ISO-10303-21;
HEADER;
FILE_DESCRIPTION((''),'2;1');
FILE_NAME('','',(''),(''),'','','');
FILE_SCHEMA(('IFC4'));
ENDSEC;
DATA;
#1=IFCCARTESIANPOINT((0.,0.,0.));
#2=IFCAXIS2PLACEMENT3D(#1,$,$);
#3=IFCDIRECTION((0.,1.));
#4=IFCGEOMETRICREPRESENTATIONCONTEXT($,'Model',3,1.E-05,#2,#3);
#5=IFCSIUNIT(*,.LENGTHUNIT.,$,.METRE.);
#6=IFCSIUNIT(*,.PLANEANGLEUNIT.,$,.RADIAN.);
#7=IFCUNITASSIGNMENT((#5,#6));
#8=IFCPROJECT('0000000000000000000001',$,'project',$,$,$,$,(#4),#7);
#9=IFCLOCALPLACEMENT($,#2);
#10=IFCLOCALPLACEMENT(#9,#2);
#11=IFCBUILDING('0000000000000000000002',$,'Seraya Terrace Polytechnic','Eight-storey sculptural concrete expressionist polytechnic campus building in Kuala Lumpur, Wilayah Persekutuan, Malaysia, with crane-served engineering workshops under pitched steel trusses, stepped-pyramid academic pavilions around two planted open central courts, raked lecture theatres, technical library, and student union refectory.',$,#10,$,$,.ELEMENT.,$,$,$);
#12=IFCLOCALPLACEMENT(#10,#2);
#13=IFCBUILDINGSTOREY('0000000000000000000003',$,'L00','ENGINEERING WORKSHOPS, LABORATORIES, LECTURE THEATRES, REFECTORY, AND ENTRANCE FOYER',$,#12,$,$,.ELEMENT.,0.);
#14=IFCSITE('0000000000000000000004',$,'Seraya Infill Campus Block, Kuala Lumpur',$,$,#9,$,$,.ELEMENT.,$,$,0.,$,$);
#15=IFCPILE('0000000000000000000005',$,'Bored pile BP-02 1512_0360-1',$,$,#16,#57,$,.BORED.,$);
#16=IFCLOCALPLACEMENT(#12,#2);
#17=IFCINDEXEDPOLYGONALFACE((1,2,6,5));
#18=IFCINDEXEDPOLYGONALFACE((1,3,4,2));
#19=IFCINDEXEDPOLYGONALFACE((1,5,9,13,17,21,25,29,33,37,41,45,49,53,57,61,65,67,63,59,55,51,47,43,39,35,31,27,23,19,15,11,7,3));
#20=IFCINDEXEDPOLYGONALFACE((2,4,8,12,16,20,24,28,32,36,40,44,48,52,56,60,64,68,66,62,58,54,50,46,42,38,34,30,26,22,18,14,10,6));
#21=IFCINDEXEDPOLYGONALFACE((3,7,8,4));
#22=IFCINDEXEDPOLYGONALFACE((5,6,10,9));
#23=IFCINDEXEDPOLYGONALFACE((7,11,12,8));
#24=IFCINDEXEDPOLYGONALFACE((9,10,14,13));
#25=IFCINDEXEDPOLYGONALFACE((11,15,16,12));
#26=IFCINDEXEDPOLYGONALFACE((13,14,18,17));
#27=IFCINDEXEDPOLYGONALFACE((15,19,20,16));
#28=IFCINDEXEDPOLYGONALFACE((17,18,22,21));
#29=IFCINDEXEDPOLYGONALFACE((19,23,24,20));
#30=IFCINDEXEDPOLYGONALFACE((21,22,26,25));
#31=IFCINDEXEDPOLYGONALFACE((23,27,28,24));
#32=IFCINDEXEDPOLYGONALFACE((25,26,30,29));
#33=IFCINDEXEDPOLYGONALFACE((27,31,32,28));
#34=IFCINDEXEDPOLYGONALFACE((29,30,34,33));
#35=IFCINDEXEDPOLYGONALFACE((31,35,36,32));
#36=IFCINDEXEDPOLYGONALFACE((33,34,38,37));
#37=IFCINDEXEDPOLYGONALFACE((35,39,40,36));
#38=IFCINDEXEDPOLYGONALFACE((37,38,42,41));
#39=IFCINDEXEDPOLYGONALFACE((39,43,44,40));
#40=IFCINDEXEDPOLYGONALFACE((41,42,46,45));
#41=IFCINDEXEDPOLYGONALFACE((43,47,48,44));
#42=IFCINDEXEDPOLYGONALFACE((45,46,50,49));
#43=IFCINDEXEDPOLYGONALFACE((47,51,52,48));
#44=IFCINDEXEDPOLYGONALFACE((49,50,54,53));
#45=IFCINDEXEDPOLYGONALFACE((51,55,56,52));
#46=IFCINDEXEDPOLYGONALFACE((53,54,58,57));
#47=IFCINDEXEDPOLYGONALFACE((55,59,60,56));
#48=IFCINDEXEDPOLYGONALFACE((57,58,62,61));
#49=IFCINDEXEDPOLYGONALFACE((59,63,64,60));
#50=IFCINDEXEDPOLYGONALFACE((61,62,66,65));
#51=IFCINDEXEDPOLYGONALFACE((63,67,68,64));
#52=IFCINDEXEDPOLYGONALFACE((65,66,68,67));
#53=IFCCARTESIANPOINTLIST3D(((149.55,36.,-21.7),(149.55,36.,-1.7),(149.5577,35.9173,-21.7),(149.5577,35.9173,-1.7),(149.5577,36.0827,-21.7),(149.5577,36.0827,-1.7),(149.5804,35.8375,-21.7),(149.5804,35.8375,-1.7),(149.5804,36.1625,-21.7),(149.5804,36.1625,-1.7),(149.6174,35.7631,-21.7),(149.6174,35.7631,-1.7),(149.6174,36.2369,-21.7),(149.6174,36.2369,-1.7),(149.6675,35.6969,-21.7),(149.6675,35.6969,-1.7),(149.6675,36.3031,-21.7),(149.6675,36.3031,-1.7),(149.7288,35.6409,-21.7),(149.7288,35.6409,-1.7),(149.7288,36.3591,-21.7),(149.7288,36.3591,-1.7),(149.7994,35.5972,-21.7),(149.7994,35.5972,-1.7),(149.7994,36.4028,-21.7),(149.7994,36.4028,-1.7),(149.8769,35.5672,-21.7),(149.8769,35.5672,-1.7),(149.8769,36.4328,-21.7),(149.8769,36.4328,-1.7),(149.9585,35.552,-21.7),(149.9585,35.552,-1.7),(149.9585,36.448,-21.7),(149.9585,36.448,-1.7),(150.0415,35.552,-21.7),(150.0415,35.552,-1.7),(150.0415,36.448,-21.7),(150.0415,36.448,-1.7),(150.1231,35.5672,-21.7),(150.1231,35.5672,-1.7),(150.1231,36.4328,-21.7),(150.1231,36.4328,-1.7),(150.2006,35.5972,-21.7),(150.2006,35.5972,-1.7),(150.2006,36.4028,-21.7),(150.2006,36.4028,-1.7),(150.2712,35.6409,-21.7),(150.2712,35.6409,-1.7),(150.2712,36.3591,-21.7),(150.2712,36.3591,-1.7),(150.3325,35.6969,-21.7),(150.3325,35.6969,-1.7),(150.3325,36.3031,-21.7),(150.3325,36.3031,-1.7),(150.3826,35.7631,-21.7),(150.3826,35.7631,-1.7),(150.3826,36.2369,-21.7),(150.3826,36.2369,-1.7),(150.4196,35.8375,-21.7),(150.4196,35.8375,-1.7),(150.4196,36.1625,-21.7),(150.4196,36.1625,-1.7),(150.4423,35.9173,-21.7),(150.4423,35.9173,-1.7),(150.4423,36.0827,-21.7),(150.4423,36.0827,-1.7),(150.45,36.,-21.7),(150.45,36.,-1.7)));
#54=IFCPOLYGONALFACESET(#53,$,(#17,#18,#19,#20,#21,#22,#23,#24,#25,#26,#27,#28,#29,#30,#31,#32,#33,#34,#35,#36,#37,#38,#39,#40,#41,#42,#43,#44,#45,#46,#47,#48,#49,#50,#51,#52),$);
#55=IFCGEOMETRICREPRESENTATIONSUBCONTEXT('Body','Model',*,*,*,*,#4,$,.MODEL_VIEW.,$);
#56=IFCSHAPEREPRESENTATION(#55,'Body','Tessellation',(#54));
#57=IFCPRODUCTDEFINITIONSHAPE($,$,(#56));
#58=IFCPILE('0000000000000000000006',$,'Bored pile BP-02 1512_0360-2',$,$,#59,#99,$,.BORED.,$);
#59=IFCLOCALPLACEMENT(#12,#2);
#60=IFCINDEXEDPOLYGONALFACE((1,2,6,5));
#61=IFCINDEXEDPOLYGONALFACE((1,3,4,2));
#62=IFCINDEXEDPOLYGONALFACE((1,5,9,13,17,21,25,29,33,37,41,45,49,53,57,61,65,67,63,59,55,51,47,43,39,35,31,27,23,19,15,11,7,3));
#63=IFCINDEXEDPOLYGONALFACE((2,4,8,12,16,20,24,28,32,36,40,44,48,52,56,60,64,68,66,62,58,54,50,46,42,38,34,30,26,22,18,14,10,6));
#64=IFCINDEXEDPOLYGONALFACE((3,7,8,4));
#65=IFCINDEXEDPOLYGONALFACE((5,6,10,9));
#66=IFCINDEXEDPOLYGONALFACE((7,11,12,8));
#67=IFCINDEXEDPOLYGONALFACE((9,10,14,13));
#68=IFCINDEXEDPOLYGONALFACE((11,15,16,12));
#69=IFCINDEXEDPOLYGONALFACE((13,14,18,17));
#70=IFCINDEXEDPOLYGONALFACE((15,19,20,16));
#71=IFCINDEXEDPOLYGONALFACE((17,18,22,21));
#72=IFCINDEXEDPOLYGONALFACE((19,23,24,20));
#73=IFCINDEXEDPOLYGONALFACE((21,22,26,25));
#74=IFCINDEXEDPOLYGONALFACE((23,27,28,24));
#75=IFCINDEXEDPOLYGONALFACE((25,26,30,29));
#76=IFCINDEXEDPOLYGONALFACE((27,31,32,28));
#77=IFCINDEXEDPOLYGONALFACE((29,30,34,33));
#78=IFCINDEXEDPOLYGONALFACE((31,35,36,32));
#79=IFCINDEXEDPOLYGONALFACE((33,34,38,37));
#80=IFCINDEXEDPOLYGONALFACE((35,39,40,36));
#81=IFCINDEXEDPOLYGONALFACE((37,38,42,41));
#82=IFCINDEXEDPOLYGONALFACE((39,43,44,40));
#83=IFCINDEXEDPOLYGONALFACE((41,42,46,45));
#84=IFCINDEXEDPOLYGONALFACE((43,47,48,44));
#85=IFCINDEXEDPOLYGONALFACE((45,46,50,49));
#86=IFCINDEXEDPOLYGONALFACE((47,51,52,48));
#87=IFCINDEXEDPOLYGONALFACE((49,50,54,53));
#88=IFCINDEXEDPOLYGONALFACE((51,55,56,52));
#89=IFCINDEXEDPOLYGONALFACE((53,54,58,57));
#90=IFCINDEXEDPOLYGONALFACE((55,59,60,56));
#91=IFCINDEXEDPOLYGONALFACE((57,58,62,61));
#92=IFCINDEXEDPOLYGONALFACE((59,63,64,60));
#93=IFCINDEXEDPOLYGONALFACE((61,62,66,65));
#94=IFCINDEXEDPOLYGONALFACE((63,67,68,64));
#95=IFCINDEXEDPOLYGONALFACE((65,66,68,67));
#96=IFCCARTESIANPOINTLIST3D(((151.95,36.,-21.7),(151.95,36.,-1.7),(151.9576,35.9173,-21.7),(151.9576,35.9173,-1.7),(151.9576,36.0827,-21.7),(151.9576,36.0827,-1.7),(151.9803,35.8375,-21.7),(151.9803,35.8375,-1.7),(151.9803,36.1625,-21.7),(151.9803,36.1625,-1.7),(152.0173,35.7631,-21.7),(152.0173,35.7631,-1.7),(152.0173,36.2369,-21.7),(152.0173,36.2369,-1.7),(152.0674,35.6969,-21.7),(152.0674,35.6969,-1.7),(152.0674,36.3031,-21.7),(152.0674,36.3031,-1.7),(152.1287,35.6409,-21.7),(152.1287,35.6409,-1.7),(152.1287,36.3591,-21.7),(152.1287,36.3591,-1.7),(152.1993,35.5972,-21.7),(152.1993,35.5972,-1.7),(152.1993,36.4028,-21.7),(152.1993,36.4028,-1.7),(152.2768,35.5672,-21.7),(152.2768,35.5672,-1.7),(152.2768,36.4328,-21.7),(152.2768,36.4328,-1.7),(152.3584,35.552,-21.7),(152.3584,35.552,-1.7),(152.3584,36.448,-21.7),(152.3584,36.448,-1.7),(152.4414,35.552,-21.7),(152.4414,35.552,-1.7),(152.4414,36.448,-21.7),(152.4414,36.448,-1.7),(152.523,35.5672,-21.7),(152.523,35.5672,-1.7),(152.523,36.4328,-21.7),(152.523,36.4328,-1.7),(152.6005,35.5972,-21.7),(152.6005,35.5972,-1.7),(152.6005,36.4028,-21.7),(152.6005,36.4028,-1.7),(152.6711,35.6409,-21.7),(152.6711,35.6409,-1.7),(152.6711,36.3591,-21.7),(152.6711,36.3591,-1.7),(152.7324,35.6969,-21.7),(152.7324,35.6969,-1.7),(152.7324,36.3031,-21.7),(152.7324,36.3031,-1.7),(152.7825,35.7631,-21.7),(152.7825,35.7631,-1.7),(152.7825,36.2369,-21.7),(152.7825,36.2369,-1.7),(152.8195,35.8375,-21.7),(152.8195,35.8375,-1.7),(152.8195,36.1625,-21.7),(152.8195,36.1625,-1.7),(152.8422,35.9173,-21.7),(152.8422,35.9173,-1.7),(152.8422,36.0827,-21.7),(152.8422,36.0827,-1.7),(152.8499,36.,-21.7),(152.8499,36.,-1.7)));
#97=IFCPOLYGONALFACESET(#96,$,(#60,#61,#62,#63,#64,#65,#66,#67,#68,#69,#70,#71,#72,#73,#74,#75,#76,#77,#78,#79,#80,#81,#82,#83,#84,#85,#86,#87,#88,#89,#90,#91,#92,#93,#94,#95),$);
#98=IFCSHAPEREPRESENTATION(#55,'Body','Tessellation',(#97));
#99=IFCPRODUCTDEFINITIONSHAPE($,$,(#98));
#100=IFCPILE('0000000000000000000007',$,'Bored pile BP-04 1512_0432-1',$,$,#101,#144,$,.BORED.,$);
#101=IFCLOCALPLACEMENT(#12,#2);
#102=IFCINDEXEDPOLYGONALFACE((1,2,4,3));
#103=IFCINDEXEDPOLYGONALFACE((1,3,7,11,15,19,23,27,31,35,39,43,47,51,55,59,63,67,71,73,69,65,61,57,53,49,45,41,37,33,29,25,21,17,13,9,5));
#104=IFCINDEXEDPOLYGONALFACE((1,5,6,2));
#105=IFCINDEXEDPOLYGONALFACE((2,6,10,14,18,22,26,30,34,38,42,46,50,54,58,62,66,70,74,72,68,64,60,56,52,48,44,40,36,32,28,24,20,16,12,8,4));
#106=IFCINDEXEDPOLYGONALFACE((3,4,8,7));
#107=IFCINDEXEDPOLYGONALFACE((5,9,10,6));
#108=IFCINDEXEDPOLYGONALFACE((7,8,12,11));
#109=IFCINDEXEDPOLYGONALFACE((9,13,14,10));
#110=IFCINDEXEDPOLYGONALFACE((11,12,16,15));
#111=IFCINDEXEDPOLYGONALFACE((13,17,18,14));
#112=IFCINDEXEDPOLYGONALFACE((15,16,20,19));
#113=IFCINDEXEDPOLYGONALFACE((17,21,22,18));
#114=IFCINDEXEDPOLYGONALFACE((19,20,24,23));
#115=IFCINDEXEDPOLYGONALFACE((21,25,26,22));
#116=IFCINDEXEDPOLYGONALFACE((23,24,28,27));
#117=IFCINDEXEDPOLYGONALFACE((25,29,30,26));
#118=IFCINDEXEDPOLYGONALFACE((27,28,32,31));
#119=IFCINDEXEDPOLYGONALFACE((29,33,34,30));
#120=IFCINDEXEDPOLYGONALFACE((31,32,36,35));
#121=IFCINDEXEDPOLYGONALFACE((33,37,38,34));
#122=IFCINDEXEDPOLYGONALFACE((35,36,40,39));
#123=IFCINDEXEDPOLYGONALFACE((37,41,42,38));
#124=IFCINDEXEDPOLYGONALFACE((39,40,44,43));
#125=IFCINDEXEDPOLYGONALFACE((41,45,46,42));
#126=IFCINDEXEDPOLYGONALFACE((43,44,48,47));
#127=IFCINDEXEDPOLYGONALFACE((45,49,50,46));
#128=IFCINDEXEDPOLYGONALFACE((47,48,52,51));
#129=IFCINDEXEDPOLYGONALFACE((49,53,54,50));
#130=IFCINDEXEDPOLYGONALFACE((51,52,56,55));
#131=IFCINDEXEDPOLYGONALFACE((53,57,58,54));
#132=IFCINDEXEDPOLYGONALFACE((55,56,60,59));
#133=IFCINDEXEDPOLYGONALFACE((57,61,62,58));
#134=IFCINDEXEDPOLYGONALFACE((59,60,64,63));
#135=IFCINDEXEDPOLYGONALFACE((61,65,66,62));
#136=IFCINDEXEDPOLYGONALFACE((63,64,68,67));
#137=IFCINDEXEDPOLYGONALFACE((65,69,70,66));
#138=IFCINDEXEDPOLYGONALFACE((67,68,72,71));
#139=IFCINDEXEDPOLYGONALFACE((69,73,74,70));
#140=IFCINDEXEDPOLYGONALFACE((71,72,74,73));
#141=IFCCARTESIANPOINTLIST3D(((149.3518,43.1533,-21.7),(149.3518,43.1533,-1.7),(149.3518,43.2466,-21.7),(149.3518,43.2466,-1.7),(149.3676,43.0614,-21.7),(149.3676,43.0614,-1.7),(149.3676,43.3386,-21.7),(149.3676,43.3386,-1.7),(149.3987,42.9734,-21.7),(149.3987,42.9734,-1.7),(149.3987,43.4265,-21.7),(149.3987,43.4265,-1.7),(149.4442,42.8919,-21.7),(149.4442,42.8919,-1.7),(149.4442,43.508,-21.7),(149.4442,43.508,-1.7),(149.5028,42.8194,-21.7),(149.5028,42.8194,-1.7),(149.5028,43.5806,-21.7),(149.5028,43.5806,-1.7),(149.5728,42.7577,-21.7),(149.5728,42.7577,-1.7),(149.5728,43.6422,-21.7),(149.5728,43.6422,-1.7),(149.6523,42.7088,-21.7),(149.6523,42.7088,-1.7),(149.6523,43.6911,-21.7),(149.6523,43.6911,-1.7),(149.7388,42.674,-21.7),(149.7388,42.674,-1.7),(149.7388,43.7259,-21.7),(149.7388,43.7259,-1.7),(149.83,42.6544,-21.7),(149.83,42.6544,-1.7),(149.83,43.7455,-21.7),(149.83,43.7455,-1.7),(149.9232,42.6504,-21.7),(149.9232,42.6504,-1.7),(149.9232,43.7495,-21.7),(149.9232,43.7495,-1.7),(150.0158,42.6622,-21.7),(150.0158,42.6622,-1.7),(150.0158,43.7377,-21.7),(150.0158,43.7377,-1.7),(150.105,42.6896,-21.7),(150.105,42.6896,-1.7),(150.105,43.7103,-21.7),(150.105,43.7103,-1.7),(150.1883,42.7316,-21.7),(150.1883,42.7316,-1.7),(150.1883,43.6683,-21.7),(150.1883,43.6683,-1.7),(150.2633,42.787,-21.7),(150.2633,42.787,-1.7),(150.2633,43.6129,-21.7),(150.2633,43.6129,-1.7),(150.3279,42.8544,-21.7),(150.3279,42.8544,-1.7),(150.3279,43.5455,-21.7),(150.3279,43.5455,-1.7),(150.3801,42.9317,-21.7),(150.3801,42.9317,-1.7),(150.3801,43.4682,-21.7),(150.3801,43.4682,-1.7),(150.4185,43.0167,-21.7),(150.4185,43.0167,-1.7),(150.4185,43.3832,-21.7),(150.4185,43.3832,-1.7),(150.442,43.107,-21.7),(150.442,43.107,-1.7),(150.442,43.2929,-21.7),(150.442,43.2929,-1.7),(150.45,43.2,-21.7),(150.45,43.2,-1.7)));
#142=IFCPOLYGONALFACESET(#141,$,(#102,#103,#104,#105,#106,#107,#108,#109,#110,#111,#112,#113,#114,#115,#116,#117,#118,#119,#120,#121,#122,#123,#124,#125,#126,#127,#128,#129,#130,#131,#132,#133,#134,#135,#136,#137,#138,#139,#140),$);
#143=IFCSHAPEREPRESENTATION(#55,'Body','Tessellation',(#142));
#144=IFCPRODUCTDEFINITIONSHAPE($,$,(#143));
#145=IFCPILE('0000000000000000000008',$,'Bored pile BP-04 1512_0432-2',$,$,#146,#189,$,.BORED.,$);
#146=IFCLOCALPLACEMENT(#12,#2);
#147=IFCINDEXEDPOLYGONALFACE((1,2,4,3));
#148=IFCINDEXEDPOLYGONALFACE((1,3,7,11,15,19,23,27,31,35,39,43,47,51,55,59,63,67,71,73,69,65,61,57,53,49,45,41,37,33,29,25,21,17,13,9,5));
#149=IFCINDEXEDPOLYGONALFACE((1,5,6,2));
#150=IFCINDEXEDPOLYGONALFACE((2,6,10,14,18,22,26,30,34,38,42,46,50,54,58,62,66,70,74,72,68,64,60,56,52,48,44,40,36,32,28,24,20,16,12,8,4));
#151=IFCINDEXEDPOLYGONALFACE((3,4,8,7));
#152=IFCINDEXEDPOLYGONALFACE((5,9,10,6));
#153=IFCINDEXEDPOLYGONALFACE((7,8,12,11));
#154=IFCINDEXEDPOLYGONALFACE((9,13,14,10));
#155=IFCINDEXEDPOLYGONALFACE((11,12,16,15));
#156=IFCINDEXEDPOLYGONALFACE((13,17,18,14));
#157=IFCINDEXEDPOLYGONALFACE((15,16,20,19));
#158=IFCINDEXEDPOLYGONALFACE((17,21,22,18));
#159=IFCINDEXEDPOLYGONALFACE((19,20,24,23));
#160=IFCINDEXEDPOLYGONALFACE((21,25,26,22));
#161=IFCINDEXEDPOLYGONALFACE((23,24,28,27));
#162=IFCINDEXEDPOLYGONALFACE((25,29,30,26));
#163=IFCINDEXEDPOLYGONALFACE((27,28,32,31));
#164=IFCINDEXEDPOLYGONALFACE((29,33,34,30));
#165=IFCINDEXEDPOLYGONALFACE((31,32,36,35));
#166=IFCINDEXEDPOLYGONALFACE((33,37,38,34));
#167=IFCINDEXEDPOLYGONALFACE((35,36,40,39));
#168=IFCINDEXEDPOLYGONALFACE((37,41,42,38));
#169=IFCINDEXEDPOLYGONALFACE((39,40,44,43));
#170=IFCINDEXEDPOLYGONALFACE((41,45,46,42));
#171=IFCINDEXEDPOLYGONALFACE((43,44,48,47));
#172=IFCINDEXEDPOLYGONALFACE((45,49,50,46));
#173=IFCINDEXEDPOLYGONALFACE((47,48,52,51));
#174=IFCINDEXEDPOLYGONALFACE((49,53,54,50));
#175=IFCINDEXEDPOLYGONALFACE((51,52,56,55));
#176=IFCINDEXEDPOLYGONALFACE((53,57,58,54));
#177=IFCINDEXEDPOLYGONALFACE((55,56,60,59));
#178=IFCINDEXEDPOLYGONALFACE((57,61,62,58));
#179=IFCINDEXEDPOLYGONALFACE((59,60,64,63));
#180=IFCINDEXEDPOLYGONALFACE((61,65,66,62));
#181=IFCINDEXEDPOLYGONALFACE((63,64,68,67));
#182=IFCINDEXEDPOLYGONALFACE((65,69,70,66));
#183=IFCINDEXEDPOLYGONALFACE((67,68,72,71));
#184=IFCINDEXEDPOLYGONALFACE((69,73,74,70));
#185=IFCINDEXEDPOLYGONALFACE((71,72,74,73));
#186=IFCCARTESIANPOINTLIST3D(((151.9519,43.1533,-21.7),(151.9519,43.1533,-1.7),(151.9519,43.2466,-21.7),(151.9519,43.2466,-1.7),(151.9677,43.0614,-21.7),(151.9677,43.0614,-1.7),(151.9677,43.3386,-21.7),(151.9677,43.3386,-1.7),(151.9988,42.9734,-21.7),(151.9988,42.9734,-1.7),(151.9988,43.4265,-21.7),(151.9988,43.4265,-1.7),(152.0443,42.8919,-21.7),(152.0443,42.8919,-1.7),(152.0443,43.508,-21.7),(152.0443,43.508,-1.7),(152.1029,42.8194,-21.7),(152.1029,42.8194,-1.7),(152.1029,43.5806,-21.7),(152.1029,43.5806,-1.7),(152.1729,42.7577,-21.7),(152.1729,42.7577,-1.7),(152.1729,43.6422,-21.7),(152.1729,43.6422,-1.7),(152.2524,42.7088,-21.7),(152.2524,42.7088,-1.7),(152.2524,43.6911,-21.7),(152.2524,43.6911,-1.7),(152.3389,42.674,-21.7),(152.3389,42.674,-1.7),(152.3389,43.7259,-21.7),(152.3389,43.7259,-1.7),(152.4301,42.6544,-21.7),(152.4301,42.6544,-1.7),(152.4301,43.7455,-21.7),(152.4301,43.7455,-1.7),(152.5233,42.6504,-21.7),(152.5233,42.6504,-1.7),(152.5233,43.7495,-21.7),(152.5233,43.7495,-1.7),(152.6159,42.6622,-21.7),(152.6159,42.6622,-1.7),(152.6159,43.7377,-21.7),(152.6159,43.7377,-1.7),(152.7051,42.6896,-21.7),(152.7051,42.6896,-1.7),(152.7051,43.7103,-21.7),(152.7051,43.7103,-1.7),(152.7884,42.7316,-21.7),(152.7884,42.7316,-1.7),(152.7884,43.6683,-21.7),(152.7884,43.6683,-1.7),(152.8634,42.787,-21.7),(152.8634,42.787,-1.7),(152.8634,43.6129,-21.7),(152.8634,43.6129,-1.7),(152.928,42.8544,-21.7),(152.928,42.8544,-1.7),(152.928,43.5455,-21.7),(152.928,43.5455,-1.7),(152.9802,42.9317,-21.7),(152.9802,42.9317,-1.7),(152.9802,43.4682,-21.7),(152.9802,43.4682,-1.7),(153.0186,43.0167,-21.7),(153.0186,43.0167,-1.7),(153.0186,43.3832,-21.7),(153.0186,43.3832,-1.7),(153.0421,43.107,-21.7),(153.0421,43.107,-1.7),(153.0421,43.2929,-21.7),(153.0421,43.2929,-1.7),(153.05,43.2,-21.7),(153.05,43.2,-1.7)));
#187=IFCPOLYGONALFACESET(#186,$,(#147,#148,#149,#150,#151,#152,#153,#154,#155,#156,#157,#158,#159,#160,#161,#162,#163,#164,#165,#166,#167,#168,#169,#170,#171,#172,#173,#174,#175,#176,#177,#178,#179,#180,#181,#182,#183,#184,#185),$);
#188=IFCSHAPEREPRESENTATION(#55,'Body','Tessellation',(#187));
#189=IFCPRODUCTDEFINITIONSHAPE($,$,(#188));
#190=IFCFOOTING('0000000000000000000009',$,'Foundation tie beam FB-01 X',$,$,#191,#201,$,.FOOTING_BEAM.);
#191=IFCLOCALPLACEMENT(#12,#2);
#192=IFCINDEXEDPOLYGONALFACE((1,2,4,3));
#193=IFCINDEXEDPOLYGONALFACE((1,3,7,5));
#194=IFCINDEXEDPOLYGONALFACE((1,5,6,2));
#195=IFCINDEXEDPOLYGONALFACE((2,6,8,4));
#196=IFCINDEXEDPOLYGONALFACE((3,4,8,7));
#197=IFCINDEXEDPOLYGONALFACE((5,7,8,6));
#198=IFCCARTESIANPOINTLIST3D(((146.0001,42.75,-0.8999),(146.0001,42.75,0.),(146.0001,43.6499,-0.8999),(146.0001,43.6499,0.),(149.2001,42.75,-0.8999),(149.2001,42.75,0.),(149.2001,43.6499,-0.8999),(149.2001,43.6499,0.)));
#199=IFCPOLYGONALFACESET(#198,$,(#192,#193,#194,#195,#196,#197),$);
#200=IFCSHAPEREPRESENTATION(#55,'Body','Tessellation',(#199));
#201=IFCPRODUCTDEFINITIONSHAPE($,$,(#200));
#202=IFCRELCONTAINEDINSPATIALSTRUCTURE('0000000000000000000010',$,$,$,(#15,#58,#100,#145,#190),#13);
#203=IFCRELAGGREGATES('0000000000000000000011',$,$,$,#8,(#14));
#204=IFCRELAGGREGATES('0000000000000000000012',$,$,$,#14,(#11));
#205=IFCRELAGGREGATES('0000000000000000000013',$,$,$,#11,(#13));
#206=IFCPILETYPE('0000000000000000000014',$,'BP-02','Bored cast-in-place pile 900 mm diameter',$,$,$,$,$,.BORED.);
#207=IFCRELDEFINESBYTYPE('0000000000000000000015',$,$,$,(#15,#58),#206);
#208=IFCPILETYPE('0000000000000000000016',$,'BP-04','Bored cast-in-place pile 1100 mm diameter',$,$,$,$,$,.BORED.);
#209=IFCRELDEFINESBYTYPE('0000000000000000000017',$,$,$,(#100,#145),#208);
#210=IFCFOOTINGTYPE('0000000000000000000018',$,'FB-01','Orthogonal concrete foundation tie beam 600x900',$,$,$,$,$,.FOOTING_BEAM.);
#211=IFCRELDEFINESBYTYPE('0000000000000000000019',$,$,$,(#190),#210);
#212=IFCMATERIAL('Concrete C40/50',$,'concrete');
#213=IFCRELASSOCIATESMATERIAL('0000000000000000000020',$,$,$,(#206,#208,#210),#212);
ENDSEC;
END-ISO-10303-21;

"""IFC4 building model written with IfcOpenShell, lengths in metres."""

from ifc_helpers import new_model, si_unit, direction, frame, origin, origin_2d, place, context, subcontext, project, spatial, rectangle, circle, extrude, material, material_profile, profile_set, type_object, element, save


model = new_model("IFC4")

# Units and contexts
model_context = context("Model", 3, precision=1e-05, world=origin(), true_north=direction((0.0, 1.0)))
body_context = subcontext(model_context, "Body", "Model", "MODEL_VIEW")
ifc_project = project(units=[si_unit("LENGTHUNIT", "METRE"), si_unit("PLANEANGLEUNIT", "RADIAN")], contexts=[model_context])

# Site, building, storey
site_placement = place(None, origin())
site = spatial("IfcSite", under=ifc_project, at=site_placement, Name="Seraya Infill Campus Block, Kuala Lumpur", CompositionType="ELEMENT", RefElevation=0.0)
building_placement = place(site_placement, origin())
building = spatial("IfcBuilding", under=site, at=building_placement, Name="Seraya Terrace Polytechnic", Description="Eight-storey sculptural concrete expressionist polytechnic campus building in Kuala Lumpur, Wilayah Persekutuan, Malaysia, with crane-served engineering workshops under pitched steel trusses, stepped-pyramid academic pavilions around two planted open central courts, raked lecture theatres, technical library, and student union refectory.", CompositionType="ELEMENT")
storey_placement = place(building_placement, origin())
storey = spatial("IfcBuildingStorey", under=building, at=storey_placement, Name="L00", Description="ENGINEERING WORKSHOPS, LABORATORIES, LECTURE THEATRES, REFECTORY, AND ENTRANCE FOYER", CompositionType="ELEMENT", Elevation=0.0)

# Piles
ifc_material_1 = material(Name="Concrete C40/50", Category="concrete")
ifc_material_profile_1 = material_profile(ifc_material_1, circle(Radius=0.45, at=origin_2d()), Name="DIA 900")
ifc_profile_set_1 = profile_set([ifc_material_profile_1], Name="Concrete C40/50")
pile_type_1 = type_object("IfcPileType", Name="BP-02", Description="Bored cast-in-place pile 900 mm diameter", PredefinedType="BORED", material=ifc_profile_set_1)
for number, where, z_axis, x_axis, name in (
    (1, (150.0, 36.0, -1.7), (0.0, 0.0, -1.0), (1.0, 0.0, 0.0), "Bored pile BP-02 1512_0360-1"),
    (2, (152.3999, 36.0, -1.7), (0.0, 0.0, -1.0), (1.0, 0.0, 0.0), "Bored pile BP-02 1512_0360-2"),
):
    element("IfcPile", number, at=place(storey_placement, frame(where, z_axis=z_axis, x_axis=x_axis)), inside=storey, type_object=pile_type_1, Name=name, PredefinedType="BORED", context=body_context, shape_type="SweptSolid", body=[
        extrude(circle(Radius=0.45, at=origin_2d()), origin(), (0.0, 0.0, 1.0), 20.0),
    ])
ifc_material_profile_2 = material_profile(ifc_material_1, circle(Radius=0.55, at=origin_2d()), Name="DIA 1100")
ifc_profile_set_2 = profile_set([ifc_material_profile_2], Name="Concrete C40/50")
pile_type_2 = type_object("IfcPileType", Name="BP-04", Description="Bored cast-in-place pile 1100 mm diameter", PredefinedType="BORED", material=ifc_profile_set_2)
for number, where, z_axis, x_axis, name in (
    (3, (149.8999, 43.2, -1.7), (0.0, 0.0, -1.0), (1.0, 0.0, 0.0), "Bored pile BP-04 1512_0432-1"),
    (4, (152.5, 43.2, -1.7), (0.0, 0.0, -1.0), (1.0, 0.0, 0.0), "Bored pile BP-04 1512_0432-2"),
):
    element("IfcPile", number, at=place(storey_placement, frame(where, z_axis=z_axis, x_axis=x_axis)), inside=storey, type_object=pile_type_2, Name=name, PredefinedType="BORED", context=body_context, shape_type="SweptSolid", body=[
        extrude(circle(Radius=0.55, at=origin_2d()), origin(), (0.0, 0.0, 1.0), 20.0),
    ])

# Footing
footing_type_1 = type_object("IfcFootingType", Name="FB-01", Description="Orthogonal concrete foundation tie beam 600x900", PredefinedType="FOOTING_BEAM", material=ifc_material_1)
footing_1_placement = place(storey_placement, frame((147.6001, 43.2, -0.8999), z_axis=(0.0, 0.0, 1.0), x_axis=(1.0, 0.0, 0.0)))
element("IfcFooting", 5, at=footing_1_placement, inside=storey, type_object=footing_type_1, Name="Foundation tie beam FB-01 X", PredefinedType="FOOTING_BEAM", context=body_context, shape_type="SweptSolid", body=[
    extrude(rectangle(XDim=3.2, YDim=0.8999, at=origin_2d()), origin(), (0.0, 0.0, 1.0), 0.8999),
])

save(model, "model.ifc")
